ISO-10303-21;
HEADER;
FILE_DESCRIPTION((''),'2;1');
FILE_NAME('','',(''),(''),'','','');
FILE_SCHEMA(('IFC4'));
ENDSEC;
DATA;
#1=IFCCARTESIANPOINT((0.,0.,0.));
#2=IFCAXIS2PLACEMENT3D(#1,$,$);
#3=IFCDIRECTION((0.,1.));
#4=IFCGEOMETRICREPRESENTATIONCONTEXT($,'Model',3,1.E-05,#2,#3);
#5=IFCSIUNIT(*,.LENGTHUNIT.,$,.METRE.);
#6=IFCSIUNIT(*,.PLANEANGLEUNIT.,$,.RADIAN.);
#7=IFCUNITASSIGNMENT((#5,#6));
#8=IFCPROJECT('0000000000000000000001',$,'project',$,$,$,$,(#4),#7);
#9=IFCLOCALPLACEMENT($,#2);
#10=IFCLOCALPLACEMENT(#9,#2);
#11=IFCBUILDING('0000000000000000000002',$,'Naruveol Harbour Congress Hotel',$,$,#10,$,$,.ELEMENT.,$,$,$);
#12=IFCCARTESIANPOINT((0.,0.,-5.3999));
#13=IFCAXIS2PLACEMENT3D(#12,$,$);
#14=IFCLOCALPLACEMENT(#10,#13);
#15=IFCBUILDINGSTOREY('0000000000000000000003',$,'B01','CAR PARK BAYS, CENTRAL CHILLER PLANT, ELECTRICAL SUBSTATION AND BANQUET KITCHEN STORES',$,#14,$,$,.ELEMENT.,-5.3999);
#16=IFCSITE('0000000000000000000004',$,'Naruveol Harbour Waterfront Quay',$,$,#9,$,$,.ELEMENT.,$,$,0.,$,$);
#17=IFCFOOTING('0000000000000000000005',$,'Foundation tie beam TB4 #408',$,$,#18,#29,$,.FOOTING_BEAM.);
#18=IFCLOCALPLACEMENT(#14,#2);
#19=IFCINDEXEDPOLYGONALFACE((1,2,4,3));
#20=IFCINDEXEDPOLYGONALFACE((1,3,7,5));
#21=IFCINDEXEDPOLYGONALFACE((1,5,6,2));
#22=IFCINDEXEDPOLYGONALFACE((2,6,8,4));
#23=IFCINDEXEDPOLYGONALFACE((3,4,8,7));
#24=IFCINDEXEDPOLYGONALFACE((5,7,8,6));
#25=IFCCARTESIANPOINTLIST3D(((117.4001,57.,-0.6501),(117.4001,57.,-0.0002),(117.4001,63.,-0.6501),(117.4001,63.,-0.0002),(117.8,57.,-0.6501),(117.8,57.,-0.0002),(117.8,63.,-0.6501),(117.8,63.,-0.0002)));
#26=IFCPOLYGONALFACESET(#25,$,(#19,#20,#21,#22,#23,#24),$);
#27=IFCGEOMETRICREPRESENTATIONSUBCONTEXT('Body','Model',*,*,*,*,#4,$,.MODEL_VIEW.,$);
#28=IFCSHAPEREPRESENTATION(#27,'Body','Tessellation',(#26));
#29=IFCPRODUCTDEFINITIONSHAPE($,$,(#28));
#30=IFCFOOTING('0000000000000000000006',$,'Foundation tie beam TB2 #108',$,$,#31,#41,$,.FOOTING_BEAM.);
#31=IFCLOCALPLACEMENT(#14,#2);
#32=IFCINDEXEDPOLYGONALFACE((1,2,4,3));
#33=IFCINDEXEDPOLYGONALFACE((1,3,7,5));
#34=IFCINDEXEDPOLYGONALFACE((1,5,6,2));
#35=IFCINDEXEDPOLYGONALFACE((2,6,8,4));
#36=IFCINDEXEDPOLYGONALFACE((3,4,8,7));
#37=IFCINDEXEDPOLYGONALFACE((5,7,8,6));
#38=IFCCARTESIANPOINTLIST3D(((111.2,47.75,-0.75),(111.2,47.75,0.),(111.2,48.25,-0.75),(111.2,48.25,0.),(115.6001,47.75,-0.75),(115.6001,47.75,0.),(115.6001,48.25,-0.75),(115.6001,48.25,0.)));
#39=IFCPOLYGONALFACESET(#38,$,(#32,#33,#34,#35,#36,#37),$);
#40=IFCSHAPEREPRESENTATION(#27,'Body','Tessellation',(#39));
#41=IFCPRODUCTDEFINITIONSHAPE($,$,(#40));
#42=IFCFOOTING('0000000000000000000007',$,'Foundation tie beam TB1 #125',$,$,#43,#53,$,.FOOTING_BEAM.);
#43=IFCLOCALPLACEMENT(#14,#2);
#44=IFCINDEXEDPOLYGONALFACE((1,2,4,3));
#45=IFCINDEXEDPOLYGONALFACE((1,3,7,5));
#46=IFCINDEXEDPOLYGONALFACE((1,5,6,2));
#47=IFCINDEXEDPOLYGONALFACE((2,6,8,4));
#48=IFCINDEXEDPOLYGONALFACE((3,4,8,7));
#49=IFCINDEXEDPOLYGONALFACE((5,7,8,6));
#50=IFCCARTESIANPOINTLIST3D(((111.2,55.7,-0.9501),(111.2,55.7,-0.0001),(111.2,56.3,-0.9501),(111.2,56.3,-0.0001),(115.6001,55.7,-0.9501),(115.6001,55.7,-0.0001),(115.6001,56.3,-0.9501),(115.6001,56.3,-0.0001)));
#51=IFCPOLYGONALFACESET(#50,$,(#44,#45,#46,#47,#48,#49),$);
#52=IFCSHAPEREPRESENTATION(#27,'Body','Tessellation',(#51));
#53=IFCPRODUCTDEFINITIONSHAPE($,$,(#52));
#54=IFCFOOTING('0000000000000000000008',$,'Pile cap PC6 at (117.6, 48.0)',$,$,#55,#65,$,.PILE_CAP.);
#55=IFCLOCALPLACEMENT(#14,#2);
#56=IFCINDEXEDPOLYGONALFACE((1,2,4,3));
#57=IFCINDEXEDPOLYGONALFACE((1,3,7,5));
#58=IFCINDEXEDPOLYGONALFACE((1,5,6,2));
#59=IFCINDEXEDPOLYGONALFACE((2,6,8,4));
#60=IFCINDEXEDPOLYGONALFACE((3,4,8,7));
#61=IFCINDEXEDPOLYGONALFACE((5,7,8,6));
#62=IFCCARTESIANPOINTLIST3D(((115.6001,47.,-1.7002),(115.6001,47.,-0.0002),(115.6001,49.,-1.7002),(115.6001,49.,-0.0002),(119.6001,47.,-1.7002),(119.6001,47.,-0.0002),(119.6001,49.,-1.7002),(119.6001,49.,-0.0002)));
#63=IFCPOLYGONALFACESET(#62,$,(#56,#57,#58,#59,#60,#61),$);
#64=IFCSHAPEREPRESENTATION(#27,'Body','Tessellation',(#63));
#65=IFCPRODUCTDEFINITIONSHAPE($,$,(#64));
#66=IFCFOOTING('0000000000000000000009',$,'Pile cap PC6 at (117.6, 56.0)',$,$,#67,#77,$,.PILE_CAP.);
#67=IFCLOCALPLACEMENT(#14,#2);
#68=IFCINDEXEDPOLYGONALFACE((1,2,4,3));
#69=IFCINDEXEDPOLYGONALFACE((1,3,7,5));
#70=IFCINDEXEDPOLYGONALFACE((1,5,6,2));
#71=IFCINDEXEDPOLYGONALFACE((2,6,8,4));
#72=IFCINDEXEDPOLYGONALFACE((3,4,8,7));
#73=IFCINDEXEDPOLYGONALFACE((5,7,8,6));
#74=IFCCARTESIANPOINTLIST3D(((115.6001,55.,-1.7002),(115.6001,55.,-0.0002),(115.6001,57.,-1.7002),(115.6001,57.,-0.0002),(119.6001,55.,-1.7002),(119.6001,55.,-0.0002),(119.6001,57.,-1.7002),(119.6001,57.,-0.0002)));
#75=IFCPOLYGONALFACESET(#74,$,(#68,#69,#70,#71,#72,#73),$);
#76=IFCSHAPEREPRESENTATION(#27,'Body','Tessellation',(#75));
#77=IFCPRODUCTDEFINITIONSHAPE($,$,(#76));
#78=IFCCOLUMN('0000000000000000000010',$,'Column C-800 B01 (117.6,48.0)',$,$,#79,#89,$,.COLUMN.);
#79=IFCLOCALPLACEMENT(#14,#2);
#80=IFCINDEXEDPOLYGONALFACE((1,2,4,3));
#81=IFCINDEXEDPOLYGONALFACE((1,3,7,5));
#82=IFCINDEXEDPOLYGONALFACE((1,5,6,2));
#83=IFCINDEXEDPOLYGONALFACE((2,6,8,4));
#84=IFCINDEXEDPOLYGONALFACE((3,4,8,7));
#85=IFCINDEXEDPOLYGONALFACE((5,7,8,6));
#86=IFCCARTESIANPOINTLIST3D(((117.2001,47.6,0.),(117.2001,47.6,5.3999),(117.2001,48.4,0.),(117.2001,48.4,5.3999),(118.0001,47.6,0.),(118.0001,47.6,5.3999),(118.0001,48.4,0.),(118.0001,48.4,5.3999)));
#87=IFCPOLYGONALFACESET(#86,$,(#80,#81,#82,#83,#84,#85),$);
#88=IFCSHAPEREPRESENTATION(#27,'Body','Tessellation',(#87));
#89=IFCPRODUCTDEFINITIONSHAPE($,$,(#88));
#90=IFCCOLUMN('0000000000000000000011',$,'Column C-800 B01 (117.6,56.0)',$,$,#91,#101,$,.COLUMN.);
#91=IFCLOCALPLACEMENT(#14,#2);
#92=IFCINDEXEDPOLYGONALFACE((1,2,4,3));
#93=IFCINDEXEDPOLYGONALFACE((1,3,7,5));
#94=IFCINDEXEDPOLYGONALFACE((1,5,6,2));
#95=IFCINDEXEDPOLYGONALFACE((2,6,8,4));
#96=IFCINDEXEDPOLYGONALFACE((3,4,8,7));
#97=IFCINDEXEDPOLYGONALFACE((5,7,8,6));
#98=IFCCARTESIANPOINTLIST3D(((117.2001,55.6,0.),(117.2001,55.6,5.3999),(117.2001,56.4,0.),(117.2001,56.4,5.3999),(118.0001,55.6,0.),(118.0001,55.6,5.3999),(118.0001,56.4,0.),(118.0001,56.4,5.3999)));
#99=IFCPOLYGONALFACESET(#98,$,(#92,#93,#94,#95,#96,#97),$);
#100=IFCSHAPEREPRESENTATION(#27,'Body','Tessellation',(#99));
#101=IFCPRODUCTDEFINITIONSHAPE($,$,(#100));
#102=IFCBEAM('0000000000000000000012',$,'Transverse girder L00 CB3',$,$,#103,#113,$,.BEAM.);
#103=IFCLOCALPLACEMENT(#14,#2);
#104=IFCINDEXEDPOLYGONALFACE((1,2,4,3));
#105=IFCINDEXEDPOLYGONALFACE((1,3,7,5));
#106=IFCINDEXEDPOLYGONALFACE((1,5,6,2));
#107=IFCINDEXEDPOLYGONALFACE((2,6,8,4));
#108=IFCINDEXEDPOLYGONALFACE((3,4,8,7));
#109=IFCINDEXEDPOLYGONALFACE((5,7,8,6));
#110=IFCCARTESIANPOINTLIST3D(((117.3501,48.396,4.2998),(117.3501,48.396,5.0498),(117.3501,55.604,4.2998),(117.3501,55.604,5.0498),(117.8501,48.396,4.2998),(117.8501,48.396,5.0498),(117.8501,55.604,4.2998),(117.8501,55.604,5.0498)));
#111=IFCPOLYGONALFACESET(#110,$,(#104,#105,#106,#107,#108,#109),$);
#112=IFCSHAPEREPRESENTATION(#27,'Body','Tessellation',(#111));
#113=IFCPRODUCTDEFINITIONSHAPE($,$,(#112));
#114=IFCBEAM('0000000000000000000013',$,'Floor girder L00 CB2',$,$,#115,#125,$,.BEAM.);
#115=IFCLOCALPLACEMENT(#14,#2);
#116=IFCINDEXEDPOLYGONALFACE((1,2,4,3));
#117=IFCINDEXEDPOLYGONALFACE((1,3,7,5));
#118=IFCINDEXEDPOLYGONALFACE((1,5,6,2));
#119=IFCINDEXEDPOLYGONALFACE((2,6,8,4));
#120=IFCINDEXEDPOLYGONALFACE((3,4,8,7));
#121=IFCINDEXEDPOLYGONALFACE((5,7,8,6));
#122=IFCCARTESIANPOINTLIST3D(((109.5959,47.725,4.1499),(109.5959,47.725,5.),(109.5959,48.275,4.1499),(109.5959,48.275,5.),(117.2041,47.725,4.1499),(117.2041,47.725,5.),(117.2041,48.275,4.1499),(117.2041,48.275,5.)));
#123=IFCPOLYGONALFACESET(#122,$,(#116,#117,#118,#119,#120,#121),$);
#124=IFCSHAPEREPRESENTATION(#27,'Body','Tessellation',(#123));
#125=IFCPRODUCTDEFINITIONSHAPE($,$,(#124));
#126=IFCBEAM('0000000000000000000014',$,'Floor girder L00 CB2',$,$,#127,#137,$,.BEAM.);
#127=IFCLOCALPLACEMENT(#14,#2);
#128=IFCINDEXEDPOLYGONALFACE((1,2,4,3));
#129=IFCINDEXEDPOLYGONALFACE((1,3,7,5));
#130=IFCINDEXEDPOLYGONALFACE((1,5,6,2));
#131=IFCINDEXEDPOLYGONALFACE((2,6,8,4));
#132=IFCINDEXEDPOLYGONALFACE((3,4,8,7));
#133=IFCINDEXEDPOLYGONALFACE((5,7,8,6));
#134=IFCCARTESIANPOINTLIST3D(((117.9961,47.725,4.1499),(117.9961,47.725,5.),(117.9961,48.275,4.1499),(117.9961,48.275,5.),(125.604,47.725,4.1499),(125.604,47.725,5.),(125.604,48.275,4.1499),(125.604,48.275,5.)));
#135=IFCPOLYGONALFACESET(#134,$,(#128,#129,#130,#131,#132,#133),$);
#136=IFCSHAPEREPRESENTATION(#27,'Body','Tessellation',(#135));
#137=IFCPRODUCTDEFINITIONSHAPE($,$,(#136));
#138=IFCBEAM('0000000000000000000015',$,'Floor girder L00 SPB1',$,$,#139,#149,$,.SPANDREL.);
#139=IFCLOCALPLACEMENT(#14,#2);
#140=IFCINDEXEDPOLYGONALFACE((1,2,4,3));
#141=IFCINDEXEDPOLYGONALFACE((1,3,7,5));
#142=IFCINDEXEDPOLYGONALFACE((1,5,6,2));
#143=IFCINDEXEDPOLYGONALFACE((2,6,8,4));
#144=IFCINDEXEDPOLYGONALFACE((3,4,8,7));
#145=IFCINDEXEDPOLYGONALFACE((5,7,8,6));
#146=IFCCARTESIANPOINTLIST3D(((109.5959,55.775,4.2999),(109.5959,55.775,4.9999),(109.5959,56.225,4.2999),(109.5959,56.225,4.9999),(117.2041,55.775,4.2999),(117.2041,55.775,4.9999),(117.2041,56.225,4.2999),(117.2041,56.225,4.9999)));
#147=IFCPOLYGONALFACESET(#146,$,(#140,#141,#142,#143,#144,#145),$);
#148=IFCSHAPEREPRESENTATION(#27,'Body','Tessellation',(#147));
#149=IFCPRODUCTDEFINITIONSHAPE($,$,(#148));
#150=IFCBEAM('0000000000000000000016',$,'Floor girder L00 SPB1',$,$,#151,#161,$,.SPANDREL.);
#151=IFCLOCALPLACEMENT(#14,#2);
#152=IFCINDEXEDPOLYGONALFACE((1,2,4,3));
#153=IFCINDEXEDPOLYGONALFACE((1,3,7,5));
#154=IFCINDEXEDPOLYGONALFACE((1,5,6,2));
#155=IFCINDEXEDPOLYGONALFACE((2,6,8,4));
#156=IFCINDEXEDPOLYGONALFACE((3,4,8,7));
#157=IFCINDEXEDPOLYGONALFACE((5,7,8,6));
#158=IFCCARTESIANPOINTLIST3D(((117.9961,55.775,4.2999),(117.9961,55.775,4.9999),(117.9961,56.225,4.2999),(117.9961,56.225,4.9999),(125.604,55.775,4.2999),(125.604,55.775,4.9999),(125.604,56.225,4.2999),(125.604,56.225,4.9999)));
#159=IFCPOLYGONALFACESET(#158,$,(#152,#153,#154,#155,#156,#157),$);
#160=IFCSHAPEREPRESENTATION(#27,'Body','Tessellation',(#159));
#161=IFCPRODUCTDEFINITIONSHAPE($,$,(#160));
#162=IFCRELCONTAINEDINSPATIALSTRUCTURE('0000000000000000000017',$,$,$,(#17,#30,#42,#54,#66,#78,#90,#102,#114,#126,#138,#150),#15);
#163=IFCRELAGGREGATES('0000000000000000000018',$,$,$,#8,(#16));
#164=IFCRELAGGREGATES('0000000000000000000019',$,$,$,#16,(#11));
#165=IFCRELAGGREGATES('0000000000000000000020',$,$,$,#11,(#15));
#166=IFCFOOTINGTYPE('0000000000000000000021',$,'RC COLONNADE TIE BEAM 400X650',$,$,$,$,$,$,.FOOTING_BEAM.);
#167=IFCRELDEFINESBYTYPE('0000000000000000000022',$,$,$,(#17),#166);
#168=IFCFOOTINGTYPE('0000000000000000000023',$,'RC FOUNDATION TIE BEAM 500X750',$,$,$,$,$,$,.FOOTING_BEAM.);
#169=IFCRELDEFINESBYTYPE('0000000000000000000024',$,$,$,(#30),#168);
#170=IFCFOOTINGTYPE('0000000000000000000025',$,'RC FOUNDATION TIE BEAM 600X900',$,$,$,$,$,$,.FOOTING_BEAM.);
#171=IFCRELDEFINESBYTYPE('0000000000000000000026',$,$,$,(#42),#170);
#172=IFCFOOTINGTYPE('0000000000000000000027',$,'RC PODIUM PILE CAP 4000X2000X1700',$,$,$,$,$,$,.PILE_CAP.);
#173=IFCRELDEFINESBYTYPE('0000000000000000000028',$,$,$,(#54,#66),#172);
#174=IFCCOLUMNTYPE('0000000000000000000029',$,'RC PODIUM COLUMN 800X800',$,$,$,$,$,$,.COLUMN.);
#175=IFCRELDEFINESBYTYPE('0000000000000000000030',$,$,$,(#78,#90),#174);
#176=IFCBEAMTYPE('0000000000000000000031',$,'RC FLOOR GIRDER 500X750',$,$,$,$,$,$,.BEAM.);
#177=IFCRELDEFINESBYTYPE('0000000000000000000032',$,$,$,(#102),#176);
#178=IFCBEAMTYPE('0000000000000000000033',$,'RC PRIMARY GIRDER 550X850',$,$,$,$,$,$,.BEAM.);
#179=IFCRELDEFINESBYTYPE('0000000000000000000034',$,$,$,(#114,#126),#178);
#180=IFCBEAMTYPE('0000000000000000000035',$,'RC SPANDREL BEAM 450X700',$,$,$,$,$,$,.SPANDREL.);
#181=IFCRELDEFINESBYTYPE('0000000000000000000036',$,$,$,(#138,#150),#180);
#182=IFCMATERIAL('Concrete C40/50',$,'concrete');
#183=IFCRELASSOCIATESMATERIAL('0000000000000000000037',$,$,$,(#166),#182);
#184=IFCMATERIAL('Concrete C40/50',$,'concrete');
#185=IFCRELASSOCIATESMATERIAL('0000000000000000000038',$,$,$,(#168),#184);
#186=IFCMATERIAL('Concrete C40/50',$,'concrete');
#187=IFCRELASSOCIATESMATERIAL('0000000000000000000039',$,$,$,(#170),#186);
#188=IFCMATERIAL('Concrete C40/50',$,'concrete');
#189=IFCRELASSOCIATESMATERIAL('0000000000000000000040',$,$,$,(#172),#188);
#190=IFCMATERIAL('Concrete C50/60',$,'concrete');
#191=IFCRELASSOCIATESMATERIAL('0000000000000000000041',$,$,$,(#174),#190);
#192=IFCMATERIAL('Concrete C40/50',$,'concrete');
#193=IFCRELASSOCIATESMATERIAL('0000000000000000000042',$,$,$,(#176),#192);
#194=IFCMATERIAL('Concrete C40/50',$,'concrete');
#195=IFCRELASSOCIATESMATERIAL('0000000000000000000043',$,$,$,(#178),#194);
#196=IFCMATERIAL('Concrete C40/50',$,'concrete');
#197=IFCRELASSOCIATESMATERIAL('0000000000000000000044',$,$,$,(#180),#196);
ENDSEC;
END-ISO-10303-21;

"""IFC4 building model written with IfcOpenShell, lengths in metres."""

from ifc_helpers import new_model, si_unit, direction, frame, origin, origin_2d, place, context, subcontext, project, spatial, rectangle, extrude, material, material_profile, profile_set, type_object, element, save


model = new_model("IFC4")

# Units and contexts
model_context = context("Model", 3, precision=1e-05, world=origin(), true_north=direction((0.0, 1.0)))
body_context = subcontext(model_context, "Body", "Model", "MODEL_VIEW")
ifc_project = project(units=[si_unit("LENGTHUNIT", "METRE"), si_unit("PLANEANGLEUNIT", "RADIAN")], contexts=[model_context])

# Site, building, storey
site_placement = place(None, origin())
site = spatial("IfcSite", under=ifc_project, at=site_placement, Name="Naruveol Harbour Waterfront Quay", CompositionType="ELEMENT", RefElevation=0.0)
building_placement = place(site_placement, origin())
building = spatial("IfcBuilding", under=site, at=building_placement, Name="Naruveol Harbour Congress Hotel", CompositionType="ELEMENT")
storey_placement = place(building_placement, frame((0.0, 0.0, -5.3999)))
storey = spatial("IfcBuildingStorey", under=building, at=storey_placement, Name="B01", Description="CAR PARK BAYS, CENTRAL CHILLER PLANT, ELECTRICAL SUBSTATION AND BANQUET KITCHEN STORES", CompositionType="ELEMENT", Elevation=-5.3999)

# Footings
ifc_material_1 = material(Name="Concrete C40/50", Category="concrete")
ifc_material_profile_1 = material_profile(ifc_material_1, rectangle(XDim=0.3999, YDim=0.6499, at=origin_2d()), Name="RCB-400x650")
ifc_profile_set_1 = profile_set([ifc_material_profile_1], Name="Concrete C40/50")
footing_type_1 = type_object("IfcFootingType", Name="RC COLONNADE TIE BEAM 400X650", PredefinedType="FOOTING_BEAM", material=ifc_profile_set_1)
for number, where, z_axis, x_axis, name in (
    (1, (117.6001, 57.0, -0.3252), (0.0, 1.0, 0.0), (-1.0, 0.0, 0.0), "Foundation tie beam TB4 #408"),
):
    element("IfcFooting", number, at=place(storey_placement, frame(where, z_axis=z_axis, x_axis=x_axis)), inside=storey, type_object=footing_type_1, Name=name, PredefinedType="FOOTING_BEAM", context=body_context, shape_type="SweptSolid", body=[
        extrude(rectangle(XDim=0.3999, YDim=0.6499, at=origin_2d()), origin(), (0.0, 0.0, 1.0), 6.0),
    ])
ifc_material_2 = material(Name="Concrete C40/50", Category="concrete")
ifc_material_profile_2 = material_profile(ifc_material_2, rectangle(XDim=0.5, YDim=0.75, at=origin_2d()), Name="RCB-500x750")
ifc_profile_set_2 = profile_set([ifc_material_profile_2], Name="Concrete C40/50")
footing_type_2 = type_object("IfcFootingType", Name="RC FOUNDATION TIE BEAM 500X750", PredefinedType="FOOTING_BEAM", material=ifc_profile_set_2)
footing_1_placement = place(storey_placement, frame((111.2, 48.0, -0.375), z_axis=(1.0, 0.0, 0.0), x_axis=(0.0, 1.0, 0.0)))
element("IfcFooting", 2, at=footing_1_placement, inside=storey, type_object=footing_type_2, Name="Foundation tie beam TB2 #108", PredefinedType="FOOTING_BEAM", context=body_context, shape_type="SweptSolid", body=[
    extrude(rectangle(XDim=0.5, YDim=0.75, at=origin_2d()), origin(), (0.0, 0.0, 1.0), 4.4001),
])
ifc_material_3 = material(Name="Concrete C40/50", Category="concrete")
ifc_material_profile_3 = material_profile(ifc_material_3, rectangle(XDim=0.6001, YDim=0.95, at=origin_2d()), Name="RCB-600x950")
ifc_profile_set_3 = profile_set([ifc_material_profile_3], Name="Concrete C40/50")
footing_type_3 = type_object("IfcFootingType", Name="RC FOUNDATION TIE BEAM 600X900", PredefinedType="FOOTING_BEAM", material=ifc_profile_set_3)
footing_2_placement = place(storey_placement, frame((111.2, 56.0, -0.4751), z_axis=(1.0, 0.0, 0.0), x_axis=(0.0, 1.0, 0.0)))
element("IfcFooting", 3, at=footing_2_placement, inside=storey, type_object=footing_type_3, Name="Foundation tie beam TB1 #125", PredefinedType="FOOTING_BEAM", context=body_context, shape_type="SweptSolid", body=[
    extrude(rectangle(XDim=0.6001, YDim=0.95, at=origin_2d()), origin(), (0.0, 0.0, 1.0), 4.4001),
])
ifc_material_4 = material(Name="Concrete C40/50", Category="concrete")
footing_type_4 = type_object("IfcFootingType", Name="RC PODIUM PILE CAP 4000X2000X1700", PredefinedType="PILE_CAP", material=ifc_material_4)
for number, where, z_axis, x_axis, name in (
    (4, (117.6001, 48.0, -1.7002), (0.0, 0.0, 1.0), (1.0, 0.0, 0.0), "Pile cap PC6 at (117.6, 48.0)"),
    (5, (117.6001, 56.0, -1.7002), (0.0, 0.0, 1.0), (1.0, 0.0, 0.0), "Pile cap PC6 at (117.6, 56.0)"),
):
    element("IfcFooting", number, at=place(storey_placement, frame(where, z_axis=z_axis, x_axis=x_axis)), inside=storey, type_object=footing_type_4, Name=name, PredefinedType="PILE_CAP", context=body_context, shape_type="SweptSolid", body=[
        extrude(rectangle(XDim=4.0, YDim=2.0, at=origin_2d()), origin(), (0.0, 0.0, 1.0), 1.7),
    ])

# Columns
ifc_material_5 = material(Name="Concrete C50/60", Category="concrete")
ifc_material_profile_4 = material_profile(ifc_material_5, rectangle(XDim=0.8, YDim=0.8, at=origin_2d()), Name="RC-800x800")
ifc_profile_set_4 = profile_set([ifc_material_profile_4], Name="Concrete C50/60")
column_type = type_object("IfcColumnType", Name="RC PODIUM COLUMN 800X800", PredefinedType="COLUMN", material=ifc_profile_set_4)
for number, where, z_axis, x_axis, name in (
    (6, (117.6001, 48.0, 0.0), (0.0, 0.0, 1.0), (1.0, 0.0, 0.0), "Column C-800 B01 (117.6,48.0)"),
    (7, (117.6001, 56.0, 0.0), (0.0, 0.0, 1.0), (1.0, 0.0, 0.0), "Column C-800 B01 (117.6,56.0)"),
):
    element("IfcColumn", number, at=place(storey_placement, frame(where, z_axis=z_axis, x_axis=x_axis)), inside=storey, type_object=column_type, Name=name, PredefinedType="COLUMN", context=body_context, shape_type="SweptSolid", body=[
        extrude(rectangle(XDim=0.8, YDim=0.8, at=origin_2d()), origin(), (0.0, 0.0, 1.0), 5.3999),
    ])

# Beams
ifc_material_6 = material(Name="Concrete C40/50", Category="concrete")
ifc_material_profile_5 = material_profile(ifc_material_6, rectangle(XDim=0.5, YDim=0.75, at=origin_2d()), Name="RCB-500x750")
ifc_profile_set_5 = profile_set([ifc_material_profile_5], Name="Concrete C40/50")
beam_type_1 = type_object("IfcBeamType", Name="RC FLOOR GIRDER 500X750", PredefinedType="BEAM", material=ifc_profile_set_5)
beam_1_placement = place(storey_placement, frame((117.6001, 48.396, 4.6748), z_axis=(0.0, 1.0, 0.0), x_axis=(-1.0, 0.0, 0.0)))
element("IfcBeam", 8, at=beam_1_placement, inside=storey, type_object=beam_type_1, Name="Transverse girder L00 CB3", PredefinedType="BEAM", context=body_context, shape_type="SweptSolid", body=[
    extrude(rectangle(XDim=0.5, YDim=0.75, at=origin_2d()), origin(), (0.0, 0.0, 1.0), 7.208),
])
ifc_material_7 = material(Name="Concrete C40/50", Category="concrete")
ifc_material_profile_6 = material_profile(ifc_material_7, rectangle(XDim=0.55, YDim=0.8501, at=origin_2d()), Name="RCB-550x850")
ifc_profile_set_6 = profile_set([ifc_material_profile_6], Name="Concrete C40/50")
beam_type_2 = type_object("IfcBeamType", Name="RC PRIMARY GIRDER 550X850", PredefinedType="BEAM", material=ifc_profile_set_6)
beam_2_placement = place(storey_placement, frame((109.5959, 48.0, 4.575), z_axis=(1.0, 0.0, 0.0), x_axis=(0.0, 1.0, 0.0)))
element("IfcBeam", 9, at=beam_2_placement, inside=storey, type_object=beam_type_2, Name="Floor girder L00 CB2", PredefinedType="BEAM", context=body_context, shape_type="SweptSolid", body=[
    extrude(rectangle(XDim=0.55, YDim=0.8501, at=origin_2d()), origin(), (0.0, 0.0, 1.0), 7.6082),
])
beam_3_placement = place(storey_placement, frame((117.9961, 48.0, 4.575), z_axis=(1.0, 0.0, 0.0), x_axis=(0.0, 1.0, 0.0)))
element("IfcBeam", 10, at=beam_3_placement, inside=storey, type_object=beam_type_2, Name="Floor girder L00 CB2", PredefinedType="BEAM", context=body_context, shape_type="SweptSolid", body=[
    extrude(rectangle(XDim=0.55, YDim=0.8501, at=origin_2d()), origin(), (0.0, 0.0, 1.0), 7.6079),
])
ifc_material_8 = material(Name="Concrete C40/50", Category="concrete")
ifc_material_profile_7 = material_profile(ifc_material_8, rectangle(XDim=0.45, YDim=0.7, at=origin_2d()), Name="RCB-450x700")
ifc_profile_set_7 = profile_set([ifc_material_profile_7], Name="Concrete C40/50")
beam_type_3 = type_object("IfcBeamType", Name="RC SPANDREL BEAM 450X700", PredefinedType="SPANDREL", material=ifc_profile_set_7)
beam_4_placement = place(storey_placement, frame((109.5959, 56.0, 4.6499), z_axis=(1.0, 0.0, 0.0), x_axis=(0.0, 1.0, 0.0)))
element("IfcBeam", 11, at=beam_4_placement, inside=storey, type_object=beam_type_3, Name="Floor girder L00 SPB1", PredefinedType="SPANDREL", context=body_context, shape_type="SweptSolid", body=[
    extrude(rectangle(XDim=0.45, YDim=0.7, at=origin_2d()), origin(), (0.0, 0.0, 1.0), 7.6082),
])
beam_5_placement = place(storey_placement, frame((117.9961, 56.0, 4.6499), z_axis=(1.0, 0.0, 0.0), x_axis=(0.0, 1.0, 0.0)))
element("IfcBeam", 12, at=beam_5_placement, inside=storey, type_object=beam_type_3, Name="Floor girder L00 SPB1", PredefinedType="SPANDREL", context=body_context, shape_type="SweptSolid", body=[
    extrude(rectangle(XDim=0.45, YDim=0.7, at=origin_2d()), origin(), (0.0, 0.0, 1.0), 7.6079),
])

save(model, "model.ifc")
